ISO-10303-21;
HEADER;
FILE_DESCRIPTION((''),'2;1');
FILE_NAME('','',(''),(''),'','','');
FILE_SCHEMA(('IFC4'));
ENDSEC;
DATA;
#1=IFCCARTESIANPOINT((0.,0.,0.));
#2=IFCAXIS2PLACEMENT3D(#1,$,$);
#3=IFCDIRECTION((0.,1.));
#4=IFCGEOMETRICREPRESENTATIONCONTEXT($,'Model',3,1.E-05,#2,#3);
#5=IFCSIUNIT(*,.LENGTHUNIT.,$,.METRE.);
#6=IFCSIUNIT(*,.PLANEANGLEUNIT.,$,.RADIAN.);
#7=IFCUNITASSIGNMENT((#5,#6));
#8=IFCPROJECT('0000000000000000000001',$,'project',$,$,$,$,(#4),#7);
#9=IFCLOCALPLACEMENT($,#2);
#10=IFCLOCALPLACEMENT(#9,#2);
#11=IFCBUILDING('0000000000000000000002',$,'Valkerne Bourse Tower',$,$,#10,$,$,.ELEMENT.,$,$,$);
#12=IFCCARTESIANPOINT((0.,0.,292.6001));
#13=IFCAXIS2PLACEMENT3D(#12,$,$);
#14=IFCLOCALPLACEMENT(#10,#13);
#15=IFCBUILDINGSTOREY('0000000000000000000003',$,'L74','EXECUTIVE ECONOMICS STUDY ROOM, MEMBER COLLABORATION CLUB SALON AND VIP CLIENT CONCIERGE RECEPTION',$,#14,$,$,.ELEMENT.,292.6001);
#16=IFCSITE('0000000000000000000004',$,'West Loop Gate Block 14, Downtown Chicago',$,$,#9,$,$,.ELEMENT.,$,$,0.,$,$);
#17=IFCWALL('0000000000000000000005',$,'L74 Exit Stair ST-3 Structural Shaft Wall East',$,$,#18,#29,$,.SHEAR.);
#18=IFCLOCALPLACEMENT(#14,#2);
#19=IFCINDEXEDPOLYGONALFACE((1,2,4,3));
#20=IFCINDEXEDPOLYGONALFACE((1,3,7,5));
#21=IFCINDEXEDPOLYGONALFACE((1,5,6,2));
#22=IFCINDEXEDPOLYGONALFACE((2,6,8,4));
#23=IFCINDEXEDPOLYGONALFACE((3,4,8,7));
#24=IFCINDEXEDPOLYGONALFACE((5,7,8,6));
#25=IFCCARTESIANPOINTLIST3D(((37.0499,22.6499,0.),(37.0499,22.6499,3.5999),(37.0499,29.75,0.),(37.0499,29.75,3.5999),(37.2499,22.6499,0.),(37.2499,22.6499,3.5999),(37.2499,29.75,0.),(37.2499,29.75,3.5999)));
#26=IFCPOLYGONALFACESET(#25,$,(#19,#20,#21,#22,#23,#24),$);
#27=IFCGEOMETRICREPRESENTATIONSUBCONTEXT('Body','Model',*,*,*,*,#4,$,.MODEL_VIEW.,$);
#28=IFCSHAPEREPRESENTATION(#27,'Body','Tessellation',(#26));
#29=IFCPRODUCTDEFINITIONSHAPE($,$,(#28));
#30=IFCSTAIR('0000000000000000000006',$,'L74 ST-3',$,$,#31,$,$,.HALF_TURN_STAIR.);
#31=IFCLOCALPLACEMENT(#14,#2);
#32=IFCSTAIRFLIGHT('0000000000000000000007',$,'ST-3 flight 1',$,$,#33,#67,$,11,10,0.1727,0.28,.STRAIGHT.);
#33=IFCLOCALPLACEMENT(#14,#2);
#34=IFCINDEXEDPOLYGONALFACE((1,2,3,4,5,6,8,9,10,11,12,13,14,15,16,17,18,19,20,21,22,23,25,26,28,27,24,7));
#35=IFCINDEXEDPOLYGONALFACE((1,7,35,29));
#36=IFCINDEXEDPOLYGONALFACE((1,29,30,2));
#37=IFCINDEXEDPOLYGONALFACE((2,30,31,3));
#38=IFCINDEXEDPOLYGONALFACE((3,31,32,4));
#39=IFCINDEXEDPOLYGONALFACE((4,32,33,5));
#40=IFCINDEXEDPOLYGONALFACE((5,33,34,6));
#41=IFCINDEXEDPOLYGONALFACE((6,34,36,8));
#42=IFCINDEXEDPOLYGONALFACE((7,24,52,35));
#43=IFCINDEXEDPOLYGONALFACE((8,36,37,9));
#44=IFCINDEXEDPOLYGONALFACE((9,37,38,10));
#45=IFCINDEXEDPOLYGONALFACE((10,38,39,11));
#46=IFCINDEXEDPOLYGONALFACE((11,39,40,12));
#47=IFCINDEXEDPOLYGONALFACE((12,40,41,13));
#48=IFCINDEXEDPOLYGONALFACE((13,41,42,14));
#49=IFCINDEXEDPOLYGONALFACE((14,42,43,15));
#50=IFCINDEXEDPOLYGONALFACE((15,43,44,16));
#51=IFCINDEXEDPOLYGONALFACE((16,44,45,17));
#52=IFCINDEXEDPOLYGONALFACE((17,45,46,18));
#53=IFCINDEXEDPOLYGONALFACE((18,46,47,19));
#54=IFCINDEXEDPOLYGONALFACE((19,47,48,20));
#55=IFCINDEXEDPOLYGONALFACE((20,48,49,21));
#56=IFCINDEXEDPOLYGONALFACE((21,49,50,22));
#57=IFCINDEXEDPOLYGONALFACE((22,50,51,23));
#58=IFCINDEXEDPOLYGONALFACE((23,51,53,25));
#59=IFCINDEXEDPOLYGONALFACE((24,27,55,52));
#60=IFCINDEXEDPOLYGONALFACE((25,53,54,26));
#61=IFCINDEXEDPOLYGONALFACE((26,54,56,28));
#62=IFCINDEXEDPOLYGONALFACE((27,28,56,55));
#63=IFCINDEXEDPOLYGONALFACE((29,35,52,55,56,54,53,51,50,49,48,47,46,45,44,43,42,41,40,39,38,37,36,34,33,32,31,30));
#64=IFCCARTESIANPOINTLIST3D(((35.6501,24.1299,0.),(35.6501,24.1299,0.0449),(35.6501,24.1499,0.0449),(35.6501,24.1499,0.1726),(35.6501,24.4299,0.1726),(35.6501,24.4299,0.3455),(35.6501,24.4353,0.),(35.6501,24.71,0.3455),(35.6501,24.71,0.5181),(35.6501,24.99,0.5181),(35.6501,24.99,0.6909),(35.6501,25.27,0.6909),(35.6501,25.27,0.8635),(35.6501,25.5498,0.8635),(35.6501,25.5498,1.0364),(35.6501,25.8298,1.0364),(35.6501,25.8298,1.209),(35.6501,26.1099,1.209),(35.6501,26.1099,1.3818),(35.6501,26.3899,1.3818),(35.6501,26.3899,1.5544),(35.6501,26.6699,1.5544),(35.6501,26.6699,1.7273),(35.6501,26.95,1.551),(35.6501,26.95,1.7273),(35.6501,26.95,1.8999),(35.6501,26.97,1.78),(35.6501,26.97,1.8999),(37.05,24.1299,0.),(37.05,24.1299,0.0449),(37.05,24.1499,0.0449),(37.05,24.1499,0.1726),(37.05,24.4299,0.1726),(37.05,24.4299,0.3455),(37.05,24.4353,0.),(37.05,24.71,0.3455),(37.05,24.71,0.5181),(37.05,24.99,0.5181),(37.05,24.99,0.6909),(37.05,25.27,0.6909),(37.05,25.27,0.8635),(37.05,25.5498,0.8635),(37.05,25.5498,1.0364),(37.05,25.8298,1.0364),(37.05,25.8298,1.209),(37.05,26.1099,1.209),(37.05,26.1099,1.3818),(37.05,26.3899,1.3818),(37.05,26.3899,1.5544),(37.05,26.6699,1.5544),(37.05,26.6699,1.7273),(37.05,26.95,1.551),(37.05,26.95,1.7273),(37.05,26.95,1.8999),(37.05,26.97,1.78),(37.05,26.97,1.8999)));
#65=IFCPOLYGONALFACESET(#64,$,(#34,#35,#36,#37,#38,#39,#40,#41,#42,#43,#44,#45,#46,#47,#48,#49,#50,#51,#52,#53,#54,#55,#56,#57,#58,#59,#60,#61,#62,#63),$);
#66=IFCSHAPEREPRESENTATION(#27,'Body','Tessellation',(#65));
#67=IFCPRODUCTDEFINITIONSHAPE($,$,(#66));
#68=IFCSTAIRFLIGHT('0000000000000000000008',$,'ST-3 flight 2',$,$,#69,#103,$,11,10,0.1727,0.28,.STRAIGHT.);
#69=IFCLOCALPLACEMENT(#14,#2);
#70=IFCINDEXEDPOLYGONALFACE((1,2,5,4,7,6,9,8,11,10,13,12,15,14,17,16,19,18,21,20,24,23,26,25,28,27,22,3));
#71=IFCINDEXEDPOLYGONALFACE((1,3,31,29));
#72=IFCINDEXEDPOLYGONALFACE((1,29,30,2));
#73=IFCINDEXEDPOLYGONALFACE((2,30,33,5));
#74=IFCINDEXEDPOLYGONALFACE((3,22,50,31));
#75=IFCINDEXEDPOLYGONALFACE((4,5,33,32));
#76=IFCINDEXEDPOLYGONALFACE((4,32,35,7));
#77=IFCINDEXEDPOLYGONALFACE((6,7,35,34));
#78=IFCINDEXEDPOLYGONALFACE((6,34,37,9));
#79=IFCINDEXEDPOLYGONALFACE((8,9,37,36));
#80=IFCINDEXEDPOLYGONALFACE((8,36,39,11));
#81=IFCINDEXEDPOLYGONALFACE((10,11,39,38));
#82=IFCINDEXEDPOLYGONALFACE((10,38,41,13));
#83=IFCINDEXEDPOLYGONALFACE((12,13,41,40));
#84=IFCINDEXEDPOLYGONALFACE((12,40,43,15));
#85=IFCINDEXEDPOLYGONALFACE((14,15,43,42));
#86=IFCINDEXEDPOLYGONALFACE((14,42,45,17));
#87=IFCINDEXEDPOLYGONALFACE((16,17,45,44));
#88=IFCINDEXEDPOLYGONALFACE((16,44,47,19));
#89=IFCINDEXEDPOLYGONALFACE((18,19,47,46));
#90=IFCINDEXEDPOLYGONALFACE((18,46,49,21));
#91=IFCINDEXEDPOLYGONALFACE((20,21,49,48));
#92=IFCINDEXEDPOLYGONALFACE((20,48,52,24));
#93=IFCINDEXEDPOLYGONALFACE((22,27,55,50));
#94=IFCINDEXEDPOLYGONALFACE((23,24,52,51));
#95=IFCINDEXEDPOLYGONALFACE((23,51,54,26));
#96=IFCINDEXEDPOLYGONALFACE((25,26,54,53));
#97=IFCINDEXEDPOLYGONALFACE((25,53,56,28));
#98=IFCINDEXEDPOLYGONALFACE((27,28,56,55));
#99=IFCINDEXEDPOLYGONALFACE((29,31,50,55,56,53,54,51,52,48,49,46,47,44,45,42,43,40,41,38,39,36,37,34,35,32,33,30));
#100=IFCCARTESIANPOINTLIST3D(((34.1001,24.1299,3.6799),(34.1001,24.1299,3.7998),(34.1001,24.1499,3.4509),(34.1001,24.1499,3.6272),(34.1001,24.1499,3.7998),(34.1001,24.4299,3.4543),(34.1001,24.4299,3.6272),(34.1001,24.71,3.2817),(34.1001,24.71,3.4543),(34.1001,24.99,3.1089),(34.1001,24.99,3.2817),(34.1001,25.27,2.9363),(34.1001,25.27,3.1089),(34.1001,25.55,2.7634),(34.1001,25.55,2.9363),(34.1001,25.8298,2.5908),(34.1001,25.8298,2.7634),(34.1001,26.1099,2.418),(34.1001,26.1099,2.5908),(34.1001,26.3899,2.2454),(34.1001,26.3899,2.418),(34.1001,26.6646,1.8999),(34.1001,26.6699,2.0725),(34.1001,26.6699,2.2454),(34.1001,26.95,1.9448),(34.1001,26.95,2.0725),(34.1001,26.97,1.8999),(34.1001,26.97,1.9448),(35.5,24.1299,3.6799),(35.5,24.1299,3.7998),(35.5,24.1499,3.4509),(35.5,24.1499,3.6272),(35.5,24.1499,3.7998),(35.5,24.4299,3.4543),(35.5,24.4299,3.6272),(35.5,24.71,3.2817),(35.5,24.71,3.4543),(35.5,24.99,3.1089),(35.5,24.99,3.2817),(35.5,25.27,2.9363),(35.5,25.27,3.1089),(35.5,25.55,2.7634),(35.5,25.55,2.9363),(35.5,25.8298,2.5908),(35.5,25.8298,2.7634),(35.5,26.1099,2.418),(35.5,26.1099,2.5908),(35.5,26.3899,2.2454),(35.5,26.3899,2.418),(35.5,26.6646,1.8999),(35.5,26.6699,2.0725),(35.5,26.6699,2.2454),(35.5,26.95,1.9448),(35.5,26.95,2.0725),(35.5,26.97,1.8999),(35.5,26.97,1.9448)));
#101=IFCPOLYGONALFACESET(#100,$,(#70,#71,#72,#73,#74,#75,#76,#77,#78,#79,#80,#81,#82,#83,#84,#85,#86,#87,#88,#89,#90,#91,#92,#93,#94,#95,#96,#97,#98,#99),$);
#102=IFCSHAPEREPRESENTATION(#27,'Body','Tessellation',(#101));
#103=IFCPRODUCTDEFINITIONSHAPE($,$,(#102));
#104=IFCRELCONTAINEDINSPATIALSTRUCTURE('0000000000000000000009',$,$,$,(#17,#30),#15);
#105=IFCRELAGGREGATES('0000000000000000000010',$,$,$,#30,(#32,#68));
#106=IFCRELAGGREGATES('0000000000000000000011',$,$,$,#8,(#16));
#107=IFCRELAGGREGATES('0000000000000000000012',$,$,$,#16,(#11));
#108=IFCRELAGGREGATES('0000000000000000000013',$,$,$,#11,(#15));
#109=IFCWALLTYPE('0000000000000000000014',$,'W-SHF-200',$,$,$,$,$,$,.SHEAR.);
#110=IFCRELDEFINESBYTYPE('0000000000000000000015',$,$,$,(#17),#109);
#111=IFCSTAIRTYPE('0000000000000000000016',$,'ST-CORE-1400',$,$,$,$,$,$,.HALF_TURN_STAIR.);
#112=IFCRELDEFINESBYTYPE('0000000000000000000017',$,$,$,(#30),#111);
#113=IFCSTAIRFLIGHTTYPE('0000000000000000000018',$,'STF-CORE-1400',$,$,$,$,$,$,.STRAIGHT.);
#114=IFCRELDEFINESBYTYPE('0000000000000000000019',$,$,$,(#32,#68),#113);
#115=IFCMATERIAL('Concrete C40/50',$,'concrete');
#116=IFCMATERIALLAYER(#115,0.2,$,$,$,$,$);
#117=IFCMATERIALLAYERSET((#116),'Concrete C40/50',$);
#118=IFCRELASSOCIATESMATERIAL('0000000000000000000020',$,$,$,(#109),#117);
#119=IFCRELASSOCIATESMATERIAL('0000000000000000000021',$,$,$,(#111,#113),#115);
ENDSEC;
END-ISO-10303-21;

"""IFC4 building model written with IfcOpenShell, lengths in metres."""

from ifc_helpers import new_model, si_unit, direction, frame, frame_2d, origin, place, context, subcontext, project, spatial, polyline, rectangle, outline, extrude, material, layer, layer_set, type_object, element, aggregate, save


model = new_model("IFC4")

# Units and contexts
model_context = context("Model", 3, precision=1e-05, world=origin(), true_north=direction((0.0, 1.0)))
body_context = subcontext(model_context, "Body", "Model", "MODEL_VIEW")
ifc_project = project(units=[si_unit("LENGTHUNIT", "METRE"), si_unit("PLANEANGLEUNIT", "RADIAN")], contexts=[model_context])

# Site, building, storey
site_placement = place(None, origin())
site = spatial("IfcSite", under=ifc_project, at=site_placement, Name="West Loop Gate Block 14, Downtown Chicago", CompositionType="ELEMENT", RefElevation=0.0)
building_placement = place(site_placement, origin())
building = spatial("IfcBuilding", under=site, at=building_placement, Name="Valkerne Bourse Tower", CompositionType="ELEMENT")
storey_placement = place(building_placement, frame((0.0, 0.0, 292.6001)))
storey = spatial("IfcBuildingStorey", under=building, at=storey_placement, Name="L74", Description="EXECUTIVE ECONOMICS STUDY ROOM, MEMBER COLLABORATION CLUB SALON AND VIP CLIENT CONCIERGE RECEPTION", CompositionType="ELEMENT", Elevation=292.6001)

# Wall
ifc_material_1 = material(Name="Concrete C40/50", Category="concrete")
ifc_layer_1 = layer(ifc_material_1, 0.2)
ifc_layer_set_1 = layer_set([ifc_layer_1], Name="Concrete C40/50")
wall_type_1 = type_object("IfcWallType", Name="W-SHF-200", PredefinedType="SHEAR", material=ifc_layer_set_1)
wall_1_placement = place(storey_placement, frame((37.1499, 22.6499, 0.0), z_axis=(0.0, 0.0, 1.0), x_axis=(0.0, 1.0, 0.0)))
element("IfcWall", 1, at=wall_1_placement, inside=storey, type_object=wall_type_1, Name="L74 Exit Stair ST-3 Structural Shaft Wall East", PredefinedType="SHEAR", context=body_context, shape_type="SweptSolid", body=[
    extrude(rectangle(XDim=7.1001, YDim=0.2, at=frame_2d((3.55, 0.0))), origin(), (0.0, 0.0, 1.0), 3.5999),
])

# Stair, stair flights
stair_type = type_object("IfcStairType", Name="ST-CORE-1400", PredefinedType="HALF_TURN_STAIR", material=ifc_material_1)
stair_placement = place(storey_placement, origin())
stair = element("IfcStair", 2, at=stair_placement, inside=storey, type_object=stair_type, Name="L74 ST-3", PredefinedType="HALF_TURN_STAIR")
stair_flight_type = type_object("IfcStairFlightType", Name="STF-CORE-1400", PredefinedType="STRAIGHT", material=ifc_material_1)
stair_flight_1_placement = place(storey_placement, frame((36.3501, 24.1499, 0.0), z_axis=(0.0, 0.0, 1.0), x_axis=(0.0, 1.0, 0.0)))
stair_flight_1 = element("IfcStairFlight", 3, at=stair_flight_1_placement, type_object=stair_flight_type, Name="ST-3 flight 1", NumberOfRisers=11, NumberOfTreads=10, PredefinedType="STRAIGHT", RiserHeight=0.1727, TreadLength=0.28, context=body_context, shape_type="SweptSolid", body=[
    extrude(outline(polyline([(-0.02, 0.0), (-0.02, 0.0449), (0.0, 0.0449), (0.0, 0.1726), (0.28, 0.1726), (0.28, 0.3455), (0.5601, 0.3455), (0.5601, 0.5181), (0.8401, 0.5181), (0.8401, 0.6909), (1.1201, 0.6909), (1.1201, 0.8635), (1.3999, 0.8635), (1.3999, 1.0364), (1.6799, 1.0364), (1.6799, 1.209), (1.96, 1.209), (1.96, 1.3818), (2.24, 1.3818), (2.24, 1.5544), (2.52, 1.5544), (2.52, 1.7273), (2.8, 1.7273), (2.8, 1.8999), (2.8201, 1.8999), (2.8201, 1.78), (2.8, 1.551), (0.2854, 0.0), (-0.02, 0.0)])), frame((0.0, 0.7, 0.0), z_axis=(0.0, -1.0, 0.0), x_axis=(1.0, 0.0, 0.0)), (0.0, 0.0, 1.0), 1.3999),
])
stair_flight_2_placement = place(storey_placement, frame((34.8, 26.95, 1.8999), z_axis=(0.0, 0.0, 1.0), x_axis=(0.0, -1.0, 0.0)))
stair_flight_2 = element("IfcStairFlight", 4, at=stair_flight_2_placement, type_object=stair_flight_type, Name="ST-3 flight 2", NumberOfRisers=11, NumberOfTreads=10, PredefinedType="STRAIGHT", RiserHeight=0.1727, TreadLength=0.28, context=body_context, shape_type="SweptSolid", body=[
    extrude(outline(polyline([(-0.02, 0.0), (-0.02, 0.0449), (0.0, 0.0449), (0.0, 0.1726), (0.28, 0.1726), (0.28, 0.3455), (0.5601, 0.3455), (0.5601, 0.5181), (0.8401, 0.5181), (0.8401, 0.6909), (1.1201, 0.6909), (1.1201, 0.8635), (1.3999, 0.8635), (1.3999, 1.0364), (1.6799, 1.0364), (1.6799, 1.209), (1.96, 1.209), (1.96, 1.3818), (2.24, 1.3818), (2.24, 1.5544), (2.52, 1.5544), (2.52, 1.7273), (2.8, 1.7273), (2.8, 1.8999), (2.8201, 1.8999), (2.8201, 1.78), (2.8, 1.551), (0.2854, 0.0), (-0.02, 0.0)])), frame((0.0, 0.7, 0.0), z_axis=(0.0, -1.0, 0.0), x_axis=(1.0, 0.0, 0.0)), (0.0, 0.0, 1.0), 1.3999),
])
aggregate(stair, [stair_flight_1, stair_flight_2])

save(model, "model.ifc")
